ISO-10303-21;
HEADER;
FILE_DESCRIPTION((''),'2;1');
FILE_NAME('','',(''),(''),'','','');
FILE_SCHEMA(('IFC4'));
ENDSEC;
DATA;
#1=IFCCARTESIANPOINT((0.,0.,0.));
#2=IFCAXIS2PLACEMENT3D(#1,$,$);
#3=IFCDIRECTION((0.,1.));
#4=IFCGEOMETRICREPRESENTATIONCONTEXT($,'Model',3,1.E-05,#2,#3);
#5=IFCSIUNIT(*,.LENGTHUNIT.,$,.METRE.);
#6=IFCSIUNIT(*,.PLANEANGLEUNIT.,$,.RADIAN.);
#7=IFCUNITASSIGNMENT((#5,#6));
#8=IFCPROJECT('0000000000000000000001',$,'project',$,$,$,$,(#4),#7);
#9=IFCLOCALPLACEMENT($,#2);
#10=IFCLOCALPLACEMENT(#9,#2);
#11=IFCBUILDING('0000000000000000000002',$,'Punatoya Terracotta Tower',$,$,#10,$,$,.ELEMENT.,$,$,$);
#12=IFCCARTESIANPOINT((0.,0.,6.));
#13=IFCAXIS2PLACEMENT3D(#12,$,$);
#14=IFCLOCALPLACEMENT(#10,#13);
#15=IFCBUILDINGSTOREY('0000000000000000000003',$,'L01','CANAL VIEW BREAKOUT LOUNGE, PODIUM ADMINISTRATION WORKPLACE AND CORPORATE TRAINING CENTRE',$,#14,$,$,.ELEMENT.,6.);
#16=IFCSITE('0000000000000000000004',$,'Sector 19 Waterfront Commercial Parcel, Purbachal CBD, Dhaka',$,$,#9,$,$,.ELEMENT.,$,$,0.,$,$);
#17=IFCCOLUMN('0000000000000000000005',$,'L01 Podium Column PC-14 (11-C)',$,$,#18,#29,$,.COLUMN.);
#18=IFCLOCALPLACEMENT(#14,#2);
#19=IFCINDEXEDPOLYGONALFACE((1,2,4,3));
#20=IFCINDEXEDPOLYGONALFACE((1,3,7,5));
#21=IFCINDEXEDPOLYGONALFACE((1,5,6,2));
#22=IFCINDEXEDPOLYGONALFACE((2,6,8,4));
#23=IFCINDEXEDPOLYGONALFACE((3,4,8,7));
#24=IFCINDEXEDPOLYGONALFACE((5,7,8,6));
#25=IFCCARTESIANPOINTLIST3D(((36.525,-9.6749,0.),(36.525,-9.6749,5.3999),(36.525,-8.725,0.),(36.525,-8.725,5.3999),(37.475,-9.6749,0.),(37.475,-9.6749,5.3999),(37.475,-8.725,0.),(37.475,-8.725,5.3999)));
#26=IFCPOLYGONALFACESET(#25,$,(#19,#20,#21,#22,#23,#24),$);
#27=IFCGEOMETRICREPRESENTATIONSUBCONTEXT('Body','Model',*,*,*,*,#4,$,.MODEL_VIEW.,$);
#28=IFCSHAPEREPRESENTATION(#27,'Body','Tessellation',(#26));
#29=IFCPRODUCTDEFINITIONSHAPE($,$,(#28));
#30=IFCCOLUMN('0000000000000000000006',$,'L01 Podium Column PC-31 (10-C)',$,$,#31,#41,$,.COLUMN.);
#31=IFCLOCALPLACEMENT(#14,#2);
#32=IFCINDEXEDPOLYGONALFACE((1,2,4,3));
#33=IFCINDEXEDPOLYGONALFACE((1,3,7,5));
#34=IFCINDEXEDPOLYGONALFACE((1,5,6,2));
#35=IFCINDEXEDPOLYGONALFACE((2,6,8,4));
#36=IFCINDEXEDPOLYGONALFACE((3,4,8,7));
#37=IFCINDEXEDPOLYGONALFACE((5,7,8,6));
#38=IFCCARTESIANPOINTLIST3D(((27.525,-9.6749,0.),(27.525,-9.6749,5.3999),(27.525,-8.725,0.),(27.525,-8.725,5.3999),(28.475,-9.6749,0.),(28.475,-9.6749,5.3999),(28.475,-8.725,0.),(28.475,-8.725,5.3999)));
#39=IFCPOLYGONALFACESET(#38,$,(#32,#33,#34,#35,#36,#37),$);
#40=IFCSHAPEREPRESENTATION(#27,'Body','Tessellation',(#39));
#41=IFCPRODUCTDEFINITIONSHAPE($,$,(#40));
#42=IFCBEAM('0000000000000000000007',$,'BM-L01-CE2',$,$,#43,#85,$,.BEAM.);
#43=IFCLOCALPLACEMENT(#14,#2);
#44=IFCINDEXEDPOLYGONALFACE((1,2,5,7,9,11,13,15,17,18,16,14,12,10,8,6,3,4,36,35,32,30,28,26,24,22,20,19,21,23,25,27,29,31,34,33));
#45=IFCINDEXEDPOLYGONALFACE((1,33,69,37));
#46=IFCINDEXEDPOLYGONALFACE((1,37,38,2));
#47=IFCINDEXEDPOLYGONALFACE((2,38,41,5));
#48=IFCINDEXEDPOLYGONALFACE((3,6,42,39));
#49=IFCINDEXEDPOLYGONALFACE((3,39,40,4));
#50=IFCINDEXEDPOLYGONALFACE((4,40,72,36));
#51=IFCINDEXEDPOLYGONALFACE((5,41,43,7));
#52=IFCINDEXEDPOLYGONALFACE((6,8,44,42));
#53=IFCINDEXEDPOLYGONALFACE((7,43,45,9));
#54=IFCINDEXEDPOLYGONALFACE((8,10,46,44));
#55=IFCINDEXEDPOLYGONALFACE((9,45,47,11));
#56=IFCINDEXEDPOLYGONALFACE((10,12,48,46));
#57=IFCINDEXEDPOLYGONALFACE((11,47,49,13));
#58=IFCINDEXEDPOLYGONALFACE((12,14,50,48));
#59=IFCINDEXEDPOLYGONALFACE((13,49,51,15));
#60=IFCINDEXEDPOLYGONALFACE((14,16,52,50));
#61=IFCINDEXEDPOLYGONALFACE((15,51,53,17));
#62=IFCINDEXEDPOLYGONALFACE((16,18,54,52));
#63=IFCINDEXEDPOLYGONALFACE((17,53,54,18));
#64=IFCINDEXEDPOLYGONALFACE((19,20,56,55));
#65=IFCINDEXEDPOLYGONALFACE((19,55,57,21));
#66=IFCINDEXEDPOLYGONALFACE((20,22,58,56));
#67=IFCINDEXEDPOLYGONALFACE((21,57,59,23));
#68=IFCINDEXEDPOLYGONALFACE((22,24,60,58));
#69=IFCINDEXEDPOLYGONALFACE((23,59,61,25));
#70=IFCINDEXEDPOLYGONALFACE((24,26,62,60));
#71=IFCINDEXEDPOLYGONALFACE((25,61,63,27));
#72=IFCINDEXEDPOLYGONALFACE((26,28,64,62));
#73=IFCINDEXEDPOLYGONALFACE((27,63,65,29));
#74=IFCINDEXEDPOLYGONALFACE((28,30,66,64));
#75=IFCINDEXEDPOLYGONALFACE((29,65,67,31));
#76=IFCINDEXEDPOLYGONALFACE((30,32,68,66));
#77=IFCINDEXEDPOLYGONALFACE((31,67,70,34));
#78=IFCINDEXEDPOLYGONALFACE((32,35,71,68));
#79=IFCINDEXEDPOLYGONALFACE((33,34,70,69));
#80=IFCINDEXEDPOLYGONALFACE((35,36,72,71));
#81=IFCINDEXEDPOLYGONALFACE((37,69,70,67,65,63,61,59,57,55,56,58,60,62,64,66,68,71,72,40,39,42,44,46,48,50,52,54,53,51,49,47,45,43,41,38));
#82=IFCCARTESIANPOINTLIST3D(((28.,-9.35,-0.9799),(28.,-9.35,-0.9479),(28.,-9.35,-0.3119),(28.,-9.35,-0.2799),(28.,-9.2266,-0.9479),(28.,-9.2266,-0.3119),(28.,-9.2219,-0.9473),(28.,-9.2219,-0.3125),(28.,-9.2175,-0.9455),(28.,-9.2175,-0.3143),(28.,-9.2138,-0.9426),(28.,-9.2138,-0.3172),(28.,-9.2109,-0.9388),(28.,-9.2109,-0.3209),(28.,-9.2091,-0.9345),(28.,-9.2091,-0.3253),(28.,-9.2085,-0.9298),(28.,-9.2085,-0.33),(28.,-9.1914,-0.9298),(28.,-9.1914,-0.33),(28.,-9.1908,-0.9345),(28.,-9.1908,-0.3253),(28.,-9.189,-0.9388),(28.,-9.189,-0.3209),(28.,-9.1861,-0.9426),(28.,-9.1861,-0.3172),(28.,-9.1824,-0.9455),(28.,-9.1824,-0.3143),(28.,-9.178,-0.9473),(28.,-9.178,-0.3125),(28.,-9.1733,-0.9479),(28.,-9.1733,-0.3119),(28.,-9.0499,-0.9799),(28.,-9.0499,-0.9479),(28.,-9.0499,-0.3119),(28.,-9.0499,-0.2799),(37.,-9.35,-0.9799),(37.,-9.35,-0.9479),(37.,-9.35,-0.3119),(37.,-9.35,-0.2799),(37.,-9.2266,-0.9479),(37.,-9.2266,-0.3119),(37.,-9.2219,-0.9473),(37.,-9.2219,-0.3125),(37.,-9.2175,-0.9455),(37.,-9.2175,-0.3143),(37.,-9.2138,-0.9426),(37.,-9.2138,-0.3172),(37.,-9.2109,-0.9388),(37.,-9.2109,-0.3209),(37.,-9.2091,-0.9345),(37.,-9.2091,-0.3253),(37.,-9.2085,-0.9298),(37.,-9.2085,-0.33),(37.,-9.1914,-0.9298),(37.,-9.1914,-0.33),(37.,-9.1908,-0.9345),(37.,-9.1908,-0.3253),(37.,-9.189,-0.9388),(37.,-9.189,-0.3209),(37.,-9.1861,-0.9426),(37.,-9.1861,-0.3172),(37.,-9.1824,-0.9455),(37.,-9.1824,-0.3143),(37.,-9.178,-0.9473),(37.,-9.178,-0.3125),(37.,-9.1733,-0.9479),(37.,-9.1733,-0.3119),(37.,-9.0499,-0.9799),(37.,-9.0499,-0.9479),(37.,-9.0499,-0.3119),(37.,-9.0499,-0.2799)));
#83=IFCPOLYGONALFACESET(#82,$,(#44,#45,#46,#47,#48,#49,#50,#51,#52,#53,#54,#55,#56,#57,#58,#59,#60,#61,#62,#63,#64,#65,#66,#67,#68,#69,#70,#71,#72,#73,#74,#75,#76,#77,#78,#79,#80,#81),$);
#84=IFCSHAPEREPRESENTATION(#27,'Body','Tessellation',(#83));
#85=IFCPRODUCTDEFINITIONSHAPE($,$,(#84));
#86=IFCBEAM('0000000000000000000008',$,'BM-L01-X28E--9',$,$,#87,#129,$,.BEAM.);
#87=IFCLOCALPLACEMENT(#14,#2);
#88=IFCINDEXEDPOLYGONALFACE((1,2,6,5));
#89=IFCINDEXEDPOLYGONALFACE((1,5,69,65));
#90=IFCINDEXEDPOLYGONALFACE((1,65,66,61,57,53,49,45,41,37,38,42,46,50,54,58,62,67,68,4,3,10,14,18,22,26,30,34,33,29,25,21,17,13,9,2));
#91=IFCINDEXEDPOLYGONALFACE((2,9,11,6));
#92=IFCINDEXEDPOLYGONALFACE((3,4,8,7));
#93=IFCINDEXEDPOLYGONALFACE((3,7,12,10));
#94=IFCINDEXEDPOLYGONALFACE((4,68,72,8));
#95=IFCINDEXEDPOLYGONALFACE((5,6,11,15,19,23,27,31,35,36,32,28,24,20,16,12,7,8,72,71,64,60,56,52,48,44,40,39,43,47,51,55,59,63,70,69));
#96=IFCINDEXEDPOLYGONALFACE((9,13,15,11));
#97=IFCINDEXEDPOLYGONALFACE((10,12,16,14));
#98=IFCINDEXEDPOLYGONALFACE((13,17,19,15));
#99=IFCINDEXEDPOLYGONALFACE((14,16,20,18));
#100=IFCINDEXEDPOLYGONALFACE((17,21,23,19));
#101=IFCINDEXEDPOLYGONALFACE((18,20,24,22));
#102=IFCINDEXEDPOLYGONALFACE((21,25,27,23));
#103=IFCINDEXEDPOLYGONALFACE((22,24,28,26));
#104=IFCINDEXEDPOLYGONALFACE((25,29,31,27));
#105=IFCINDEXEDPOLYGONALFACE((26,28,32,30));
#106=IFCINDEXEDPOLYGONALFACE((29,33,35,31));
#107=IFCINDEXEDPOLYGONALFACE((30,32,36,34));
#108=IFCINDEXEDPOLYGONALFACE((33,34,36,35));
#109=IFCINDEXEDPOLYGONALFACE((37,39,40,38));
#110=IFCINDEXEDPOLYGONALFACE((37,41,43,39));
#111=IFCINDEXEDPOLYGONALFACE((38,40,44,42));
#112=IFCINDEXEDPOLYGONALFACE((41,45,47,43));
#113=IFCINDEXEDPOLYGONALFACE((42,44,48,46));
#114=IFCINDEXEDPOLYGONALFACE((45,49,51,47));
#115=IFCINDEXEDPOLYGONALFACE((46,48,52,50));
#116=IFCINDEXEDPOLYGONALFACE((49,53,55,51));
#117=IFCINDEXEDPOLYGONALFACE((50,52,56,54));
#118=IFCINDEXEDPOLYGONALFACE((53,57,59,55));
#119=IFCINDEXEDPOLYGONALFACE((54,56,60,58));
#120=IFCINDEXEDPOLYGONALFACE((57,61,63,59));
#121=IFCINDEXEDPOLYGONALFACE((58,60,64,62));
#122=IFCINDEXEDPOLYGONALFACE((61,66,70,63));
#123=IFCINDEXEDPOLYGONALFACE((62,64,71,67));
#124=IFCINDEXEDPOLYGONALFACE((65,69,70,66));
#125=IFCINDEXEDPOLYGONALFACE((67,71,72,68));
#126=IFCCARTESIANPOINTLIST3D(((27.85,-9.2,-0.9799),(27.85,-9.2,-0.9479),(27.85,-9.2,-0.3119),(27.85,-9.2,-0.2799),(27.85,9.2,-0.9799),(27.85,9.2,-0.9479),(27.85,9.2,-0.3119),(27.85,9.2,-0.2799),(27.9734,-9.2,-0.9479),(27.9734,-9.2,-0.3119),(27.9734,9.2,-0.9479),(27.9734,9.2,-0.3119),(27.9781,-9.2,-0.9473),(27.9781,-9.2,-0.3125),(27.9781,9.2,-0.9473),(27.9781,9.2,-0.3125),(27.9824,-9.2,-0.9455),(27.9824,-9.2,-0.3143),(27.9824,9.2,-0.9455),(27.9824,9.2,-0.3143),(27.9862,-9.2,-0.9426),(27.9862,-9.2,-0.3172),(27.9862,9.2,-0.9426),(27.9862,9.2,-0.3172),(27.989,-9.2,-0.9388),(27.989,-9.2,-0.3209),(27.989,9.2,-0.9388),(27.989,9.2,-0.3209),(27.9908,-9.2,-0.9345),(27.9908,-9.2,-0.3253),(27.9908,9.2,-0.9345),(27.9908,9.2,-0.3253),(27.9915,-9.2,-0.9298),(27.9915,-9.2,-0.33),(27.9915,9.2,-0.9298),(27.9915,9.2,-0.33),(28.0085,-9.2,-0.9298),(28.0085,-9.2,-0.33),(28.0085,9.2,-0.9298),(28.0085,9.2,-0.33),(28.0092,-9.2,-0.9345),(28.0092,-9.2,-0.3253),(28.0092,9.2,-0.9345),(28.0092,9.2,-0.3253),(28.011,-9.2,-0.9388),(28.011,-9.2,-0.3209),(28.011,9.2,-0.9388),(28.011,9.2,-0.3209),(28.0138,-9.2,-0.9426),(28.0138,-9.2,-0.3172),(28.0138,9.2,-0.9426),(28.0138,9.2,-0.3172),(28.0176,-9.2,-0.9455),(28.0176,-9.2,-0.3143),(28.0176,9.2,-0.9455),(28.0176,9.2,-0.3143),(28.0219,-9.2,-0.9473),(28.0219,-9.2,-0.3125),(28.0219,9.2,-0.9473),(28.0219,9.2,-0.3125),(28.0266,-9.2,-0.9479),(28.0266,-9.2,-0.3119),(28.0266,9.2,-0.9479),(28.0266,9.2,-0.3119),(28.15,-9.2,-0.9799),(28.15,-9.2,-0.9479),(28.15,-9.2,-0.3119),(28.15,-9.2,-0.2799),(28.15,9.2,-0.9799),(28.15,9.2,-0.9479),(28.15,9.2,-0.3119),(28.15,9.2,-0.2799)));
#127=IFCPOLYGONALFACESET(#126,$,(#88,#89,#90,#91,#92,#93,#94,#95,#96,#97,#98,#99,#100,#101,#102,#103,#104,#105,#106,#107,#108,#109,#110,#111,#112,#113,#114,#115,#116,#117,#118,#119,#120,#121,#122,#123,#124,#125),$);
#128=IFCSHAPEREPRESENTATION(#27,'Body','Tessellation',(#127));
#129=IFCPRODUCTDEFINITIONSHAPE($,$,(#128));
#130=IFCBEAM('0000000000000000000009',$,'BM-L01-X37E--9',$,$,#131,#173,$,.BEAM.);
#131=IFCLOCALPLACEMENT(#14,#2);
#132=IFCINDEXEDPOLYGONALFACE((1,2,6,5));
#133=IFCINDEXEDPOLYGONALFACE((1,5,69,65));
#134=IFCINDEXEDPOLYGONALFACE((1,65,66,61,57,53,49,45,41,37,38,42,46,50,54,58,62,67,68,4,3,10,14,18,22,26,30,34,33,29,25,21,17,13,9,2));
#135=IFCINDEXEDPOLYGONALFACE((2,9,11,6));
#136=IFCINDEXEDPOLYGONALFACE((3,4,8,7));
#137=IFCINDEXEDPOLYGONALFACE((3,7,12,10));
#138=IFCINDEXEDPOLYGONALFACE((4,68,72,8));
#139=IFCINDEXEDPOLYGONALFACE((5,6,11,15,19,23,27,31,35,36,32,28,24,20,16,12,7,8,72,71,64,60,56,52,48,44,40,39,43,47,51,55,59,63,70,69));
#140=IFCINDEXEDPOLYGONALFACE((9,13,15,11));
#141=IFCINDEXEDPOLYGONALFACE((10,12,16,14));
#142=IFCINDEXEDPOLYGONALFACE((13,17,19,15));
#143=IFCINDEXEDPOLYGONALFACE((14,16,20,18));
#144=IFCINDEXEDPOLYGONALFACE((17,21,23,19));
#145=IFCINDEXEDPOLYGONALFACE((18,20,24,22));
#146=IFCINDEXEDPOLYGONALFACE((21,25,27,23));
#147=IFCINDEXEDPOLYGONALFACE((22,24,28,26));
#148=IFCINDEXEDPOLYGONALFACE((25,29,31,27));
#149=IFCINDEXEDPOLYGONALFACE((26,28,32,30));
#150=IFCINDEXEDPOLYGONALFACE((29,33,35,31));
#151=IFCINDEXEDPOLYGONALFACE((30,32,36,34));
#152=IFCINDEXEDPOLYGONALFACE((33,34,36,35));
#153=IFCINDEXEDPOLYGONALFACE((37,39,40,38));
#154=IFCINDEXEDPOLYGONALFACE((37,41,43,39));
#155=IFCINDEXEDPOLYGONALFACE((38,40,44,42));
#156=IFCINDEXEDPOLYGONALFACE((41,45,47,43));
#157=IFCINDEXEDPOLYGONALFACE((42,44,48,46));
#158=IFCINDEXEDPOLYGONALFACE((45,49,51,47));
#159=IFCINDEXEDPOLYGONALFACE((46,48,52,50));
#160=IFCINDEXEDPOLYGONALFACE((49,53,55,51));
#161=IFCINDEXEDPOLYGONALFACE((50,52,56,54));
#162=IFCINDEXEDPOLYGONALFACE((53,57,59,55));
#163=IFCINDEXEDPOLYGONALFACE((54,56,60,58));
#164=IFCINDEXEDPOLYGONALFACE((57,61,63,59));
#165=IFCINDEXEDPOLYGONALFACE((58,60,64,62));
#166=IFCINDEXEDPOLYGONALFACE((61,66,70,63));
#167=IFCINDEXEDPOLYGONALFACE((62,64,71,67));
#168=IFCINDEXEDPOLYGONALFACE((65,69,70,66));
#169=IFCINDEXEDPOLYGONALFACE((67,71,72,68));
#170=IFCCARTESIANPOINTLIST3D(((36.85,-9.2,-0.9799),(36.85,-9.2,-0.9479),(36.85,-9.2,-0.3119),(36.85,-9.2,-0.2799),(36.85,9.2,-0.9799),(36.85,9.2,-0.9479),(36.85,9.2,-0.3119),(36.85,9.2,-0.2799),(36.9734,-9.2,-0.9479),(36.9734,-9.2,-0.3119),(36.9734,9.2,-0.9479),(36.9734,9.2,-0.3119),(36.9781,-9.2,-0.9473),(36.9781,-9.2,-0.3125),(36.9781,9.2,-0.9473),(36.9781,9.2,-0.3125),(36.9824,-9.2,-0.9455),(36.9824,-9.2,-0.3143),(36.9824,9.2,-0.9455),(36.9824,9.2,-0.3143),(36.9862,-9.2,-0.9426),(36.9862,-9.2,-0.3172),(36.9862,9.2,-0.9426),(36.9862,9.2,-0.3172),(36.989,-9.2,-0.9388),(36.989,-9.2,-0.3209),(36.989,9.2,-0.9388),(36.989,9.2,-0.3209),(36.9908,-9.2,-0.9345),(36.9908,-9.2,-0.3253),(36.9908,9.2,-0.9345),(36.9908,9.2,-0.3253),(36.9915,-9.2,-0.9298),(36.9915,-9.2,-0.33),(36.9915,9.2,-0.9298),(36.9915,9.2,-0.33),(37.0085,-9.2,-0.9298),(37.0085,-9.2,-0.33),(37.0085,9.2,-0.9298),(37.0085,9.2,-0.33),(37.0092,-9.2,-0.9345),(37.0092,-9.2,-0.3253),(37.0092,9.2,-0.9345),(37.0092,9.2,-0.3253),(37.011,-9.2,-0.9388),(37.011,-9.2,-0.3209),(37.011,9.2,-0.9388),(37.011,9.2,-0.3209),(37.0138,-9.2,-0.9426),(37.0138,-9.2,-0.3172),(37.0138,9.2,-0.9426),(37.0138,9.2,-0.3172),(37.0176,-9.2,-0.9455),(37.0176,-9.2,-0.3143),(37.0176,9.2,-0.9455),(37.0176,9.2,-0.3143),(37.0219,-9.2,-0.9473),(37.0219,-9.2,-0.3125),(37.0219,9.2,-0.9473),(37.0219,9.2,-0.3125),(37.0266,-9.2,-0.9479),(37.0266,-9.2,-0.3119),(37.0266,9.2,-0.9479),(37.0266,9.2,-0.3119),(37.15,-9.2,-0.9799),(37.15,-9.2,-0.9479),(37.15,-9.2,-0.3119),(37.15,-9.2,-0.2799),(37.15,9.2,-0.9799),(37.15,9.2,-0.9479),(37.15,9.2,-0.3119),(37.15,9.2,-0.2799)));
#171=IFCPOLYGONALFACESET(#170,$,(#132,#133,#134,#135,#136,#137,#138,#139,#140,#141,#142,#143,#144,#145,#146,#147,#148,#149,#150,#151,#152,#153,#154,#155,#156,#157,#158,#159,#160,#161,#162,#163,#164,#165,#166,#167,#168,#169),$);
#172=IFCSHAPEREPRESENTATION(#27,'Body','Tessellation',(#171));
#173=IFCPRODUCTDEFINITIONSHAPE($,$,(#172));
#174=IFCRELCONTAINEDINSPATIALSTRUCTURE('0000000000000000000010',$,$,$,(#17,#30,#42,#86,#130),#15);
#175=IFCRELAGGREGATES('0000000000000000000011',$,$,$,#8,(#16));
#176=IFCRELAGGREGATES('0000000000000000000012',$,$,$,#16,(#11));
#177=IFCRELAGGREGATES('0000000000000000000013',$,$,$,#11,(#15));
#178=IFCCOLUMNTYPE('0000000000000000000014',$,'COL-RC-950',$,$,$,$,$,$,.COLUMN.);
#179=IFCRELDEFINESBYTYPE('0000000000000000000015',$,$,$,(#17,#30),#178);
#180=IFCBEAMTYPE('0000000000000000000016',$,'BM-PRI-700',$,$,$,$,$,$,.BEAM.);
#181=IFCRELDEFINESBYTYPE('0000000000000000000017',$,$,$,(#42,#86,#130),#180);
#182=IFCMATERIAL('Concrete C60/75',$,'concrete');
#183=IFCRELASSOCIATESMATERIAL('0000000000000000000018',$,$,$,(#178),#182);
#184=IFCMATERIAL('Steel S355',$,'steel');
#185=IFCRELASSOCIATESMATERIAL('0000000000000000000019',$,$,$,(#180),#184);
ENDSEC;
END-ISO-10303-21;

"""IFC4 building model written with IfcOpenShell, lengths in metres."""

from ifc_helpers import new_model, si_unit, direction, frame, origin, origin_2d, place, context, subcontext, project, spatial, rectangle, i_section, extrude, material, material_profile, profile_set, type_object, element, save


model = new_model("IFC4")

# Units and contexts
model_context = context("Model", 3, precision=1e-05, world=origin(), true_north=direction((0.0, 1.0)))
body_context = subcontext(model_context, "Body", "Model", "MODEL_VIEW")
ifc_project = project(units=[si_unit("LENGTHUNIT", "METRE"), si_unit("PLANEANGLEUNIT", "RADIAN")], contexts=[model_context])

# Site, building, storey
site_placement = place(None, origin())
site = spatial("IfcSite", under=ifc_project, at=site_placement, Name="Sector 19 Waterfront Commercial Parcel, Purbachal CBD, Dhaka", CompositionType="ELEMENT", RefElevation=0.0)
building_placement = place(site_placement, origin())
building = spatial("IfcBuilding", under=site, at=building_placement, Name="Punatoya Terracotta Tower", CompositionType="ELEMENT")
storey_placement = place(building_placement, frame((0.0, 0.0, 6.0)))
storey = spatial("IfcBuildingStorey", under=building, at=storey_placement, Name="L01", Description="CANAL VIEW BREAKOUT LOUNGE, PODIUM ADMINISTRATION WORKPLACE AND CORPORATE TRAINING CENTRE", CompositionType="ELEMENT", Elevation=6.0)

# Columns
ifc_material_1 = material(Name="Concrete C60/75", Category="concrete")
ifc_material_profile_1 = material_profile(ifc_material_1, rectangle(XDim=0.95, YDim=0.95, at=origin_2d()))
ifc_profile_set_1 = profile_set([ifc_material_profile_1], Name="Concrete C60/75")
column_type = type_object("IfcColumnType", Name="COL-RC-950", PredefinedType="COLUMN", material=ifc_profile_set_1)
for number, where, z_axis, x_axis, name in (
    (1, (37.0, -9.2, 0.0), (0.0, 0.0, 1.0), (1.0, 0.0, 0.0), "L01 Podium Column PC-14 (11-C)"),
    (2, (28.0, -9.2, 0.0), (0.0, 0.0, 1.0), (1.0, 0.0, 0.0), "L01 Podium Column PC-31 (10-C)"),
):
    element("IfcColumn", number, at=place(storey_placement, frame(where, z_axis=z_axis, x_axis=x_axis)), inside=storey, type_object=column_type, Name=name, PredefinedType="COLUMN", context=body_context, shape_type="SweptSolid", body=[
        extrude(rectangle(XDim=0.95, YDim=0.95, at=origin_2d()), origin(), (0.0, 0.0, 1.0), 5.3999),
    ])

# Beams
ifc_material_2 = material(Name="Steel S355", Category="steel")
ifc_material_profile_2 = material_profile(ifc_material_2, i_section(OverallWidth=0.3, OverallDepth=0.7, WebThickness=0.0171, FlangeThickness=0.032, FilletRadius=0.0181, at=origin_2d()))
ifc_profile_set_2 = profile_set([ifc_material_profile_2], Name="Steel S355")
beam_type_1 = type_object("IfcBeamType", Name="BM-PRI-700", PredefinedType="BEAM", material=ifc_profile_set_2)
beam_1_placement = place(storey_placement, frame((28.0, -9.2, -0.6299), z_axis=(1.0, 0.0, 0.0), x_axis=(0.0, 1.0, 0.0)))
element("IfcBeam", 3, at=beam_1_placement, inside=storey, type_object=beam_type_1, Name="BM-L01-CE2", PredefinedType="BEAM", context=body_context, shape_type="SweptSolid", body=[
    extrude(i_section(OverallWidth=0.3, OverallDepth=0.7, WebThickness=0.0171, FlangeThickness=0.032, FilletRadius=0.0181, at=origin_2d()), origin(), (0.0, 0.0, 1.0), 9.0),
])
for number, where, z_axis, x_axis, name in (
    (4, (28.0, -9.2, -0.6299), (0.0, 1.0, 0.0), (-1.0, 0.0, 0.0), "BM-L01-X28E--9"),
    (5, (37.0, -9.2, -0.6299), (0.0, 1.0, 0.0), (-1.0, 0.0, 0.0), "BM-L01-X37E--9"),
):
    element("IfcBeam", number, at=place(storey_placement, frame(where, z_axis=z_axis, x_axis=x_axis)), inside=storey, type_object=beam_type_1, Name=name, PredefinedType="BEAM", context=body_context, shape_type="SweptSolid", body=[
        extrude(i_section(OverallWidth=0.3, OverallDepth=0.7, WebThickness=0.0171, FlangeThickness=0.032, FilletRadius=0.0181, at=origin_2d()), origin(), (0.0, 0.0, 1.0), 18.3999),
    ])

save(model, "model.ifc")
